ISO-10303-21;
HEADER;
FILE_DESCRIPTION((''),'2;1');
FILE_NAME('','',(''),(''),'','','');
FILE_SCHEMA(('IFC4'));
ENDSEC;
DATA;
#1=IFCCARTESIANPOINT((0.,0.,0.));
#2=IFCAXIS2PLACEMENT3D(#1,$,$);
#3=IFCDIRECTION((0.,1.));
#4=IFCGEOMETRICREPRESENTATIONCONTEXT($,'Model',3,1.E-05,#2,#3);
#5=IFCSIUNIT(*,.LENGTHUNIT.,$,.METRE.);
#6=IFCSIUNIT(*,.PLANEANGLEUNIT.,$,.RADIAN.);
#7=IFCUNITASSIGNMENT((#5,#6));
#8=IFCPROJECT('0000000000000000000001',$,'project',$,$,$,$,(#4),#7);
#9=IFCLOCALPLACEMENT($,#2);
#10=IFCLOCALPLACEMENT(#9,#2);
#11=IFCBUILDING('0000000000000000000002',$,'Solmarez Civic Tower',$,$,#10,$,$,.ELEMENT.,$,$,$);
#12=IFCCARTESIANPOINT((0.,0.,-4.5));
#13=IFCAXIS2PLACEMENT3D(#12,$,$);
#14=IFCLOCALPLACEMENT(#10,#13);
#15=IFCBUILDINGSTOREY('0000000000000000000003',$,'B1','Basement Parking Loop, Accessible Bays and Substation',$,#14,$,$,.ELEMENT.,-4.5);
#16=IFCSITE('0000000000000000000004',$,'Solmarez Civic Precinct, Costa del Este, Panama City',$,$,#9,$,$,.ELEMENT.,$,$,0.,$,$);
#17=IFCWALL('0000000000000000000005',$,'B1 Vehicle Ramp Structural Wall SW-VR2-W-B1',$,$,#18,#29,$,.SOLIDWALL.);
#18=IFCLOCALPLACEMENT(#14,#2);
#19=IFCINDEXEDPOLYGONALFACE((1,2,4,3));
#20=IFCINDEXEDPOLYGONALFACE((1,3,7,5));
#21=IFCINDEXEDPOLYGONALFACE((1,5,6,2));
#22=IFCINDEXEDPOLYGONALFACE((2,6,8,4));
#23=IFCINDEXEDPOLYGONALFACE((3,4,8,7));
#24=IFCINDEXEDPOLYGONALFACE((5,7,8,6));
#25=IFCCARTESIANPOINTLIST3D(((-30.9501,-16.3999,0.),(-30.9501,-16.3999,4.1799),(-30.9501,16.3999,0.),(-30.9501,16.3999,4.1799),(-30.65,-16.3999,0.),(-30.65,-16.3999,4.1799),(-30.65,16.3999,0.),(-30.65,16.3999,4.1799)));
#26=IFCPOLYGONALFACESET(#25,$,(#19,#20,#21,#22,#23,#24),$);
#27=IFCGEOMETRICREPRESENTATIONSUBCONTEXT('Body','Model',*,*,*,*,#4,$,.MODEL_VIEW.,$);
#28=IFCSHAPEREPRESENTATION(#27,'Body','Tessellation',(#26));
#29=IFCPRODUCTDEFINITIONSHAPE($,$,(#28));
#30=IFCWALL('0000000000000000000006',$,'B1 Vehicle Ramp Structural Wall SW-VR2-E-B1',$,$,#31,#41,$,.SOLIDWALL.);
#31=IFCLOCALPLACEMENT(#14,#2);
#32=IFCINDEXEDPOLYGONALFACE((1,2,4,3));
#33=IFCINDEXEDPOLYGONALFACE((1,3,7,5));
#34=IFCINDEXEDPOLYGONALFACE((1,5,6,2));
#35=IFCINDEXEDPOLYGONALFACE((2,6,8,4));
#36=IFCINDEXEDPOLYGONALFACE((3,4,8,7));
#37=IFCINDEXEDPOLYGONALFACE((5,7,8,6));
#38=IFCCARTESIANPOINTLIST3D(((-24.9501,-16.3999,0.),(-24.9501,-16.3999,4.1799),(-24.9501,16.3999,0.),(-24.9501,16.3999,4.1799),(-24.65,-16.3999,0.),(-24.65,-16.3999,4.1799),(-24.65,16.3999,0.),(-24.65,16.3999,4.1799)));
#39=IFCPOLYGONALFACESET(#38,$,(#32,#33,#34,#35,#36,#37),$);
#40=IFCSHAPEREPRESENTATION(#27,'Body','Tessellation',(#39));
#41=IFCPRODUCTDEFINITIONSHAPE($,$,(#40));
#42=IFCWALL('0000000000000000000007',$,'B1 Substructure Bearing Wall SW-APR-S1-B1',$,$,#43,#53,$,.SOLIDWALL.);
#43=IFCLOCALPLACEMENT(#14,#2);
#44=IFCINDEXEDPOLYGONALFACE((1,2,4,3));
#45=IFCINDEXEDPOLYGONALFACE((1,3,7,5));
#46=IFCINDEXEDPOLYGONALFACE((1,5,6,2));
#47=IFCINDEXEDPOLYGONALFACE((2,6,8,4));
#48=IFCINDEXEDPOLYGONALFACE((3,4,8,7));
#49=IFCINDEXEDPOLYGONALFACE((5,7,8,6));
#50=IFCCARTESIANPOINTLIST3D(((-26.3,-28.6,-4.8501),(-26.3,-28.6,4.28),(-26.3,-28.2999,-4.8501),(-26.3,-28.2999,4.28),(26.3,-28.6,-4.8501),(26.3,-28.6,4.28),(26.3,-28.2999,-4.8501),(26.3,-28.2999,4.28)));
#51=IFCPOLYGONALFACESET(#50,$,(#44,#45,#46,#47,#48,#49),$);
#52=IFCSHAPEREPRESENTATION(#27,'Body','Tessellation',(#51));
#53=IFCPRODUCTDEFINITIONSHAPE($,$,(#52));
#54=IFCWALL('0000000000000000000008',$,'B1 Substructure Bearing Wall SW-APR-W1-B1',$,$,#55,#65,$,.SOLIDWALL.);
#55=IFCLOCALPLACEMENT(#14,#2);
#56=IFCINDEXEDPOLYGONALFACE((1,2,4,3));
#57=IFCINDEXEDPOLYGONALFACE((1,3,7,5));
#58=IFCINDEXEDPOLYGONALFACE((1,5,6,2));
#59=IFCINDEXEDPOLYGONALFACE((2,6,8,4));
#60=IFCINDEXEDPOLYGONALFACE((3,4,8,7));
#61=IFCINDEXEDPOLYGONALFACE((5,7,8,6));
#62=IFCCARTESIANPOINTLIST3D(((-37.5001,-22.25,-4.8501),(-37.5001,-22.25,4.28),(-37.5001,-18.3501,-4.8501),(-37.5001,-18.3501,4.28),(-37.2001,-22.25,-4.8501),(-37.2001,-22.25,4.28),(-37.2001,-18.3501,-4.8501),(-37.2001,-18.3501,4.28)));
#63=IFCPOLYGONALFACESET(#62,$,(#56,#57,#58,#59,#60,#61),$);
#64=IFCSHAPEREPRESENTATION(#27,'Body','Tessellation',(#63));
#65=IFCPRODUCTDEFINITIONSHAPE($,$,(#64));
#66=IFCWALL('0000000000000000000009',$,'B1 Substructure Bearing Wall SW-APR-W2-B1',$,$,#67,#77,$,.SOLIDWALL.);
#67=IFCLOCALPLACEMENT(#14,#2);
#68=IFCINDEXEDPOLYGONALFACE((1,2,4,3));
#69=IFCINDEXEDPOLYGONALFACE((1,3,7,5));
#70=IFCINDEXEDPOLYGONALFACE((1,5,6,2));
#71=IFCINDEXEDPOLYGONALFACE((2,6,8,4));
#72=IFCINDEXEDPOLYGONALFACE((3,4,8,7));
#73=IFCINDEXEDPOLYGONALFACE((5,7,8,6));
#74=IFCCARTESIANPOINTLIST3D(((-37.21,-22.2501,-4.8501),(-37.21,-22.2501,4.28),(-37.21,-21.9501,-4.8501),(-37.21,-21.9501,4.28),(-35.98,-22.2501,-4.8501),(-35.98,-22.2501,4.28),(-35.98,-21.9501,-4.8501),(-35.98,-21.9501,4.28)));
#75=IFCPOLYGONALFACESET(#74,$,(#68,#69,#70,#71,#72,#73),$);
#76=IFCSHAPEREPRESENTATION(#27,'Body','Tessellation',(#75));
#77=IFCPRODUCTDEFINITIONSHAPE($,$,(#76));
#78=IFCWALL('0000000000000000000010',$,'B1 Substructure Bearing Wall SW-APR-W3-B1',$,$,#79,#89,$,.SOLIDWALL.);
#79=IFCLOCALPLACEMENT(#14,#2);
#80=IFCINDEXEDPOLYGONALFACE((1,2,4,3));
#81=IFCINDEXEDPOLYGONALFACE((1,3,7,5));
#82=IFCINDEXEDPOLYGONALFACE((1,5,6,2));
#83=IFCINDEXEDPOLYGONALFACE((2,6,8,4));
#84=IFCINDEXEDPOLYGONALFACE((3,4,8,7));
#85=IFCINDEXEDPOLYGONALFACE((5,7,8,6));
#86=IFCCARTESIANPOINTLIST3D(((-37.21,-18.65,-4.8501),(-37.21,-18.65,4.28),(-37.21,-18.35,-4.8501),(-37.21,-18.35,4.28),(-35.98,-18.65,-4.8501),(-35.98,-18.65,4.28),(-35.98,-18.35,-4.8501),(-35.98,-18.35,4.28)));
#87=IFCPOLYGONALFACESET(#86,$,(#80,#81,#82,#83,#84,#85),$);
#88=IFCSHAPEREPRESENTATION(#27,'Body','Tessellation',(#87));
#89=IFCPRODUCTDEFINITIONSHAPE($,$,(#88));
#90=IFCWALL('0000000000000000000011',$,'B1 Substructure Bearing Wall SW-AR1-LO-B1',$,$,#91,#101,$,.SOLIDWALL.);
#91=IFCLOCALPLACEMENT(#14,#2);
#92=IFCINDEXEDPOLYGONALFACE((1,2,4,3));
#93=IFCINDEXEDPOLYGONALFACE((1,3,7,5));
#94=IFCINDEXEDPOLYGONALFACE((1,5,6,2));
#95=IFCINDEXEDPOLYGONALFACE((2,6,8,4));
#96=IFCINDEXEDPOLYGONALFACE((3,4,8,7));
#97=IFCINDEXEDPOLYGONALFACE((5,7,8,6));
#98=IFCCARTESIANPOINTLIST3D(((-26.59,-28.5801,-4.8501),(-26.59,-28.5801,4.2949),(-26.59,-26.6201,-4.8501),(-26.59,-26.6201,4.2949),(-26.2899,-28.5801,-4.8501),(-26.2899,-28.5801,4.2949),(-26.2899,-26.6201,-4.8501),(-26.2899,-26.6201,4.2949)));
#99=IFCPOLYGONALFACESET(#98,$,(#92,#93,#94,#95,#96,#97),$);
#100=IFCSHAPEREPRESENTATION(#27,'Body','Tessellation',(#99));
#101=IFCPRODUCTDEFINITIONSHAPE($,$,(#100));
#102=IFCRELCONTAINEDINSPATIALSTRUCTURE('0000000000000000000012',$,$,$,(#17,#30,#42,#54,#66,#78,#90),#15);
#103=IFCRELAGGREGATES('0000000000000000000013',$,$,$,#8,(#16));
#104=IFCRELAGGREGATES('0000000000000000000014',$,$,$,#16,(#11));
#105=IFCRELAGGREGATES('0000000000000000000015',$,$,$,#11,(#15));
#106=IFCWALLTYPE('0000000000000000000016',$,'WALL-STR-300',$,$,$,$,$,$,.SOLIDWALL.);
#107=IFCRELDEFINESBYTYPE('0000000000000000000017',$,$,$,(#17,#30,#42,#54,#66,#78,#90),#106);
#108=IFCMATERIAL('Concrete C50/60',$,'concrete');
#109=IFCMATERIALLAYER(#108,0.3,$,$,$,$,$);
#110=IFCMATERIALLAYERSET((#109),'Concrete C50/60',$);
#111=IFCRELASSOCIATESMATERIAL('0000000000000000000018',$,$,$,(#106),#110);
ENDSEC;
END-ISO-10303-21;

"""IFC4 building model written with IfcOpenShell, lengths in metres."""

from ifc_helpers import new_model, si_unit, direction, frame, frame_2d, origin, place, context, subcontext, project, spatial, rectangle, extrude, material, layer, layer_set, type_object, element, save


model = new_model("IFC4")

# Units and contexts
model_context = context("Model", 3, precision=1e-05, world=origin(), true_north=direction((0.0, 1.0)))
body_context = subcontext(model_context, "Body", "Model", "MODEL_VIEW")
ifc_project = project(units=[si_unit("LENGTHUNIT", "METRE"), si_unit("PLANEANGLEUNIT", "RADIAN")], contexts=[model_context])

# Site, building, storey
site_placement = place(None, origin())
site = spatial("IfcSite", under=ifc_project, at=site_placement, Name="Solmarez Civic Precinct, Costa del Este, Panama City", CompositionType="ELEMENT", RefElevation=0.0)
building_placement = place(site_placement, origin())
building = spatial("IfcBuilding", under=site, at=building_placement, Name="Solmarez Civic Tower", CompositionType="ELEMENT")
storey_placement = place(building_placement, frame((0.0, 0.0, -4.5)))
storey = spatial("IfcBuildingStorey", under=building, at=storey_placement, Name="B1", Description="Basement Parking Loop, Accessible Bays and Substation", CompositionType="ELEMENT", Elevation=-4.5)

# Shared definitions
ifc_material_1 = material(Name="Concrete C50/60", Category="concrete")

# Walls
ifc_layer_1 = layer(ifc_material_1, 0.3)
ifc_layer_set_1 = layer_set([ifc_layer_1], Name="Concrete C50/60")
wall_type_1 = type_object("IfcWallType", Name="WALL-STR-300", PredefinedType="SOLIDWALL", material=ifc_layer_set_1)
for number, where, z_axis, x_axis, name in (
    (1, (-30.8, -16.3999, 0.0), (0.0, 0.0, 1.0), (0.0, 1.0, 0.0), "B1 Vehicle Ramp Structural Wall SW-VR2-W-B1"),
    (2, (-24.8, -16.3999, 0.0), (0.0, 0.0, 1.0), (0.0, 1.0, 0.0), "B1 Vehicle Ramp Structural Wall SW-VR2-E-B1"),
):
    element("IfcWall", number, at=place(storey_placement, frame(where, z_axis=z_axis, x_axis=x_axis)), inside=storey, type_object=wall_type_1, Name=name, PredefinedType="SOLIDWALL", context=body_context, shape_type="SweptSolid", body=[
        extrude(rectangle(XDim=32.7998, YDim=0.3, at=frame_2d((16.3999, 0.0))), origin(), (0.0, 0.0, 1.0), 4.1799),
    ])
wall_1_placement = place(storey_placement, frame((-26.3, -28.45, -4.8501), z_axis=(0.0, 0.0, 1.0), x_axis=(1.0, 0.0, 0.0)))
element("IfcWall", 3, at=wall_1_placement, inside=storey, type_object=wall_type_1, Name="B1 Substructure Bearing Wall SW-APR-S1-B1", PredefinedType="SOLIDWALL", context=body_context, shape_type="SweptSolid", body=[
    extrude(rectangle(XDim=52.6001, YDim=0.3, at=frame_2d((26.3, 0.0))), origin(), (0.0, 0.0, 1.0), 9.1301),
])
wall_2_placement = place(storey_placement, frame((-37.3501, -22.25, -4.8501), z_axis=(0.0, 0.0, 1.0), x_axis=(0.0, 1.0, 0.0)))
element("IfcWall", 4, at=wall_2_placement, inside=storey, type_object=wall_type_1, Name="B1 Substructure Bearing Wall SW-APR-W1-B1", PredefinedType="SOLIDWALL", context=body_context, shape_type="SweptSolid", body=[
    extrude(rectangle(XDim=3.8999, YDim=0.3, at=frame_2d((1.95, 0.0))), origin(), (0.0, 0.0, 1.0), 9.1301),
])
for number, where, z_axis, x_axis, name in (
    (5, (-37.21, -22.1001, -4.8501), (0.0, 0.0, 1.0), (1.0, 0.0, 0.0), "B1 Substructure Bearing Wall SW-APR-W2-B1"),
    (6, (-37.21, -18.5, -4.8501), (0.0, 0.0, 1.0), (1.0, 0.0, 0.0), "B1 Substructure Bearing Wall SW-APR-W3-B1"),
):
    element("IfcWall", number, at=place(storey_placement, frame(where, z_axis=z_axis, x_axis=x_axis)), inside=storey, type_object=wall_type_1, Name=name, PredefinedType="SOLIDWALL", context=body_context, shape_type="SweptSolid", body=[
        extrude(rectangle(XDim=1.23, YDim=0.3, at=frame_2d((0.615, 0.0))), origin(), (0.0, 0.0, 1.0), 9.1301),
    ])
wall_3_placement = place(storey_placement, frame((-26.4399, -28.5801, -4.8501), z_axis=(0.0, 0.0, 1.0), x_axis=(0.0, 1.0, 0.0)))
element("IfcWall", 7, at=wall_3_placement, inside=storey, type_object=wall_type_1, Name="B1 Substructure Bearing Wall SW-AR1-LO-B1", PredefinedType="SOLIDWALL", context=body_context, shape_type="SweptSolid", body=[
    extrude(rectangle(XDim=1.96, YDim=0.3, at=frame_2d((0.98, 0.0))), origin(), (0.0, 0.0, 1.0), 9.145),
])

save(model, "model.ifc")
